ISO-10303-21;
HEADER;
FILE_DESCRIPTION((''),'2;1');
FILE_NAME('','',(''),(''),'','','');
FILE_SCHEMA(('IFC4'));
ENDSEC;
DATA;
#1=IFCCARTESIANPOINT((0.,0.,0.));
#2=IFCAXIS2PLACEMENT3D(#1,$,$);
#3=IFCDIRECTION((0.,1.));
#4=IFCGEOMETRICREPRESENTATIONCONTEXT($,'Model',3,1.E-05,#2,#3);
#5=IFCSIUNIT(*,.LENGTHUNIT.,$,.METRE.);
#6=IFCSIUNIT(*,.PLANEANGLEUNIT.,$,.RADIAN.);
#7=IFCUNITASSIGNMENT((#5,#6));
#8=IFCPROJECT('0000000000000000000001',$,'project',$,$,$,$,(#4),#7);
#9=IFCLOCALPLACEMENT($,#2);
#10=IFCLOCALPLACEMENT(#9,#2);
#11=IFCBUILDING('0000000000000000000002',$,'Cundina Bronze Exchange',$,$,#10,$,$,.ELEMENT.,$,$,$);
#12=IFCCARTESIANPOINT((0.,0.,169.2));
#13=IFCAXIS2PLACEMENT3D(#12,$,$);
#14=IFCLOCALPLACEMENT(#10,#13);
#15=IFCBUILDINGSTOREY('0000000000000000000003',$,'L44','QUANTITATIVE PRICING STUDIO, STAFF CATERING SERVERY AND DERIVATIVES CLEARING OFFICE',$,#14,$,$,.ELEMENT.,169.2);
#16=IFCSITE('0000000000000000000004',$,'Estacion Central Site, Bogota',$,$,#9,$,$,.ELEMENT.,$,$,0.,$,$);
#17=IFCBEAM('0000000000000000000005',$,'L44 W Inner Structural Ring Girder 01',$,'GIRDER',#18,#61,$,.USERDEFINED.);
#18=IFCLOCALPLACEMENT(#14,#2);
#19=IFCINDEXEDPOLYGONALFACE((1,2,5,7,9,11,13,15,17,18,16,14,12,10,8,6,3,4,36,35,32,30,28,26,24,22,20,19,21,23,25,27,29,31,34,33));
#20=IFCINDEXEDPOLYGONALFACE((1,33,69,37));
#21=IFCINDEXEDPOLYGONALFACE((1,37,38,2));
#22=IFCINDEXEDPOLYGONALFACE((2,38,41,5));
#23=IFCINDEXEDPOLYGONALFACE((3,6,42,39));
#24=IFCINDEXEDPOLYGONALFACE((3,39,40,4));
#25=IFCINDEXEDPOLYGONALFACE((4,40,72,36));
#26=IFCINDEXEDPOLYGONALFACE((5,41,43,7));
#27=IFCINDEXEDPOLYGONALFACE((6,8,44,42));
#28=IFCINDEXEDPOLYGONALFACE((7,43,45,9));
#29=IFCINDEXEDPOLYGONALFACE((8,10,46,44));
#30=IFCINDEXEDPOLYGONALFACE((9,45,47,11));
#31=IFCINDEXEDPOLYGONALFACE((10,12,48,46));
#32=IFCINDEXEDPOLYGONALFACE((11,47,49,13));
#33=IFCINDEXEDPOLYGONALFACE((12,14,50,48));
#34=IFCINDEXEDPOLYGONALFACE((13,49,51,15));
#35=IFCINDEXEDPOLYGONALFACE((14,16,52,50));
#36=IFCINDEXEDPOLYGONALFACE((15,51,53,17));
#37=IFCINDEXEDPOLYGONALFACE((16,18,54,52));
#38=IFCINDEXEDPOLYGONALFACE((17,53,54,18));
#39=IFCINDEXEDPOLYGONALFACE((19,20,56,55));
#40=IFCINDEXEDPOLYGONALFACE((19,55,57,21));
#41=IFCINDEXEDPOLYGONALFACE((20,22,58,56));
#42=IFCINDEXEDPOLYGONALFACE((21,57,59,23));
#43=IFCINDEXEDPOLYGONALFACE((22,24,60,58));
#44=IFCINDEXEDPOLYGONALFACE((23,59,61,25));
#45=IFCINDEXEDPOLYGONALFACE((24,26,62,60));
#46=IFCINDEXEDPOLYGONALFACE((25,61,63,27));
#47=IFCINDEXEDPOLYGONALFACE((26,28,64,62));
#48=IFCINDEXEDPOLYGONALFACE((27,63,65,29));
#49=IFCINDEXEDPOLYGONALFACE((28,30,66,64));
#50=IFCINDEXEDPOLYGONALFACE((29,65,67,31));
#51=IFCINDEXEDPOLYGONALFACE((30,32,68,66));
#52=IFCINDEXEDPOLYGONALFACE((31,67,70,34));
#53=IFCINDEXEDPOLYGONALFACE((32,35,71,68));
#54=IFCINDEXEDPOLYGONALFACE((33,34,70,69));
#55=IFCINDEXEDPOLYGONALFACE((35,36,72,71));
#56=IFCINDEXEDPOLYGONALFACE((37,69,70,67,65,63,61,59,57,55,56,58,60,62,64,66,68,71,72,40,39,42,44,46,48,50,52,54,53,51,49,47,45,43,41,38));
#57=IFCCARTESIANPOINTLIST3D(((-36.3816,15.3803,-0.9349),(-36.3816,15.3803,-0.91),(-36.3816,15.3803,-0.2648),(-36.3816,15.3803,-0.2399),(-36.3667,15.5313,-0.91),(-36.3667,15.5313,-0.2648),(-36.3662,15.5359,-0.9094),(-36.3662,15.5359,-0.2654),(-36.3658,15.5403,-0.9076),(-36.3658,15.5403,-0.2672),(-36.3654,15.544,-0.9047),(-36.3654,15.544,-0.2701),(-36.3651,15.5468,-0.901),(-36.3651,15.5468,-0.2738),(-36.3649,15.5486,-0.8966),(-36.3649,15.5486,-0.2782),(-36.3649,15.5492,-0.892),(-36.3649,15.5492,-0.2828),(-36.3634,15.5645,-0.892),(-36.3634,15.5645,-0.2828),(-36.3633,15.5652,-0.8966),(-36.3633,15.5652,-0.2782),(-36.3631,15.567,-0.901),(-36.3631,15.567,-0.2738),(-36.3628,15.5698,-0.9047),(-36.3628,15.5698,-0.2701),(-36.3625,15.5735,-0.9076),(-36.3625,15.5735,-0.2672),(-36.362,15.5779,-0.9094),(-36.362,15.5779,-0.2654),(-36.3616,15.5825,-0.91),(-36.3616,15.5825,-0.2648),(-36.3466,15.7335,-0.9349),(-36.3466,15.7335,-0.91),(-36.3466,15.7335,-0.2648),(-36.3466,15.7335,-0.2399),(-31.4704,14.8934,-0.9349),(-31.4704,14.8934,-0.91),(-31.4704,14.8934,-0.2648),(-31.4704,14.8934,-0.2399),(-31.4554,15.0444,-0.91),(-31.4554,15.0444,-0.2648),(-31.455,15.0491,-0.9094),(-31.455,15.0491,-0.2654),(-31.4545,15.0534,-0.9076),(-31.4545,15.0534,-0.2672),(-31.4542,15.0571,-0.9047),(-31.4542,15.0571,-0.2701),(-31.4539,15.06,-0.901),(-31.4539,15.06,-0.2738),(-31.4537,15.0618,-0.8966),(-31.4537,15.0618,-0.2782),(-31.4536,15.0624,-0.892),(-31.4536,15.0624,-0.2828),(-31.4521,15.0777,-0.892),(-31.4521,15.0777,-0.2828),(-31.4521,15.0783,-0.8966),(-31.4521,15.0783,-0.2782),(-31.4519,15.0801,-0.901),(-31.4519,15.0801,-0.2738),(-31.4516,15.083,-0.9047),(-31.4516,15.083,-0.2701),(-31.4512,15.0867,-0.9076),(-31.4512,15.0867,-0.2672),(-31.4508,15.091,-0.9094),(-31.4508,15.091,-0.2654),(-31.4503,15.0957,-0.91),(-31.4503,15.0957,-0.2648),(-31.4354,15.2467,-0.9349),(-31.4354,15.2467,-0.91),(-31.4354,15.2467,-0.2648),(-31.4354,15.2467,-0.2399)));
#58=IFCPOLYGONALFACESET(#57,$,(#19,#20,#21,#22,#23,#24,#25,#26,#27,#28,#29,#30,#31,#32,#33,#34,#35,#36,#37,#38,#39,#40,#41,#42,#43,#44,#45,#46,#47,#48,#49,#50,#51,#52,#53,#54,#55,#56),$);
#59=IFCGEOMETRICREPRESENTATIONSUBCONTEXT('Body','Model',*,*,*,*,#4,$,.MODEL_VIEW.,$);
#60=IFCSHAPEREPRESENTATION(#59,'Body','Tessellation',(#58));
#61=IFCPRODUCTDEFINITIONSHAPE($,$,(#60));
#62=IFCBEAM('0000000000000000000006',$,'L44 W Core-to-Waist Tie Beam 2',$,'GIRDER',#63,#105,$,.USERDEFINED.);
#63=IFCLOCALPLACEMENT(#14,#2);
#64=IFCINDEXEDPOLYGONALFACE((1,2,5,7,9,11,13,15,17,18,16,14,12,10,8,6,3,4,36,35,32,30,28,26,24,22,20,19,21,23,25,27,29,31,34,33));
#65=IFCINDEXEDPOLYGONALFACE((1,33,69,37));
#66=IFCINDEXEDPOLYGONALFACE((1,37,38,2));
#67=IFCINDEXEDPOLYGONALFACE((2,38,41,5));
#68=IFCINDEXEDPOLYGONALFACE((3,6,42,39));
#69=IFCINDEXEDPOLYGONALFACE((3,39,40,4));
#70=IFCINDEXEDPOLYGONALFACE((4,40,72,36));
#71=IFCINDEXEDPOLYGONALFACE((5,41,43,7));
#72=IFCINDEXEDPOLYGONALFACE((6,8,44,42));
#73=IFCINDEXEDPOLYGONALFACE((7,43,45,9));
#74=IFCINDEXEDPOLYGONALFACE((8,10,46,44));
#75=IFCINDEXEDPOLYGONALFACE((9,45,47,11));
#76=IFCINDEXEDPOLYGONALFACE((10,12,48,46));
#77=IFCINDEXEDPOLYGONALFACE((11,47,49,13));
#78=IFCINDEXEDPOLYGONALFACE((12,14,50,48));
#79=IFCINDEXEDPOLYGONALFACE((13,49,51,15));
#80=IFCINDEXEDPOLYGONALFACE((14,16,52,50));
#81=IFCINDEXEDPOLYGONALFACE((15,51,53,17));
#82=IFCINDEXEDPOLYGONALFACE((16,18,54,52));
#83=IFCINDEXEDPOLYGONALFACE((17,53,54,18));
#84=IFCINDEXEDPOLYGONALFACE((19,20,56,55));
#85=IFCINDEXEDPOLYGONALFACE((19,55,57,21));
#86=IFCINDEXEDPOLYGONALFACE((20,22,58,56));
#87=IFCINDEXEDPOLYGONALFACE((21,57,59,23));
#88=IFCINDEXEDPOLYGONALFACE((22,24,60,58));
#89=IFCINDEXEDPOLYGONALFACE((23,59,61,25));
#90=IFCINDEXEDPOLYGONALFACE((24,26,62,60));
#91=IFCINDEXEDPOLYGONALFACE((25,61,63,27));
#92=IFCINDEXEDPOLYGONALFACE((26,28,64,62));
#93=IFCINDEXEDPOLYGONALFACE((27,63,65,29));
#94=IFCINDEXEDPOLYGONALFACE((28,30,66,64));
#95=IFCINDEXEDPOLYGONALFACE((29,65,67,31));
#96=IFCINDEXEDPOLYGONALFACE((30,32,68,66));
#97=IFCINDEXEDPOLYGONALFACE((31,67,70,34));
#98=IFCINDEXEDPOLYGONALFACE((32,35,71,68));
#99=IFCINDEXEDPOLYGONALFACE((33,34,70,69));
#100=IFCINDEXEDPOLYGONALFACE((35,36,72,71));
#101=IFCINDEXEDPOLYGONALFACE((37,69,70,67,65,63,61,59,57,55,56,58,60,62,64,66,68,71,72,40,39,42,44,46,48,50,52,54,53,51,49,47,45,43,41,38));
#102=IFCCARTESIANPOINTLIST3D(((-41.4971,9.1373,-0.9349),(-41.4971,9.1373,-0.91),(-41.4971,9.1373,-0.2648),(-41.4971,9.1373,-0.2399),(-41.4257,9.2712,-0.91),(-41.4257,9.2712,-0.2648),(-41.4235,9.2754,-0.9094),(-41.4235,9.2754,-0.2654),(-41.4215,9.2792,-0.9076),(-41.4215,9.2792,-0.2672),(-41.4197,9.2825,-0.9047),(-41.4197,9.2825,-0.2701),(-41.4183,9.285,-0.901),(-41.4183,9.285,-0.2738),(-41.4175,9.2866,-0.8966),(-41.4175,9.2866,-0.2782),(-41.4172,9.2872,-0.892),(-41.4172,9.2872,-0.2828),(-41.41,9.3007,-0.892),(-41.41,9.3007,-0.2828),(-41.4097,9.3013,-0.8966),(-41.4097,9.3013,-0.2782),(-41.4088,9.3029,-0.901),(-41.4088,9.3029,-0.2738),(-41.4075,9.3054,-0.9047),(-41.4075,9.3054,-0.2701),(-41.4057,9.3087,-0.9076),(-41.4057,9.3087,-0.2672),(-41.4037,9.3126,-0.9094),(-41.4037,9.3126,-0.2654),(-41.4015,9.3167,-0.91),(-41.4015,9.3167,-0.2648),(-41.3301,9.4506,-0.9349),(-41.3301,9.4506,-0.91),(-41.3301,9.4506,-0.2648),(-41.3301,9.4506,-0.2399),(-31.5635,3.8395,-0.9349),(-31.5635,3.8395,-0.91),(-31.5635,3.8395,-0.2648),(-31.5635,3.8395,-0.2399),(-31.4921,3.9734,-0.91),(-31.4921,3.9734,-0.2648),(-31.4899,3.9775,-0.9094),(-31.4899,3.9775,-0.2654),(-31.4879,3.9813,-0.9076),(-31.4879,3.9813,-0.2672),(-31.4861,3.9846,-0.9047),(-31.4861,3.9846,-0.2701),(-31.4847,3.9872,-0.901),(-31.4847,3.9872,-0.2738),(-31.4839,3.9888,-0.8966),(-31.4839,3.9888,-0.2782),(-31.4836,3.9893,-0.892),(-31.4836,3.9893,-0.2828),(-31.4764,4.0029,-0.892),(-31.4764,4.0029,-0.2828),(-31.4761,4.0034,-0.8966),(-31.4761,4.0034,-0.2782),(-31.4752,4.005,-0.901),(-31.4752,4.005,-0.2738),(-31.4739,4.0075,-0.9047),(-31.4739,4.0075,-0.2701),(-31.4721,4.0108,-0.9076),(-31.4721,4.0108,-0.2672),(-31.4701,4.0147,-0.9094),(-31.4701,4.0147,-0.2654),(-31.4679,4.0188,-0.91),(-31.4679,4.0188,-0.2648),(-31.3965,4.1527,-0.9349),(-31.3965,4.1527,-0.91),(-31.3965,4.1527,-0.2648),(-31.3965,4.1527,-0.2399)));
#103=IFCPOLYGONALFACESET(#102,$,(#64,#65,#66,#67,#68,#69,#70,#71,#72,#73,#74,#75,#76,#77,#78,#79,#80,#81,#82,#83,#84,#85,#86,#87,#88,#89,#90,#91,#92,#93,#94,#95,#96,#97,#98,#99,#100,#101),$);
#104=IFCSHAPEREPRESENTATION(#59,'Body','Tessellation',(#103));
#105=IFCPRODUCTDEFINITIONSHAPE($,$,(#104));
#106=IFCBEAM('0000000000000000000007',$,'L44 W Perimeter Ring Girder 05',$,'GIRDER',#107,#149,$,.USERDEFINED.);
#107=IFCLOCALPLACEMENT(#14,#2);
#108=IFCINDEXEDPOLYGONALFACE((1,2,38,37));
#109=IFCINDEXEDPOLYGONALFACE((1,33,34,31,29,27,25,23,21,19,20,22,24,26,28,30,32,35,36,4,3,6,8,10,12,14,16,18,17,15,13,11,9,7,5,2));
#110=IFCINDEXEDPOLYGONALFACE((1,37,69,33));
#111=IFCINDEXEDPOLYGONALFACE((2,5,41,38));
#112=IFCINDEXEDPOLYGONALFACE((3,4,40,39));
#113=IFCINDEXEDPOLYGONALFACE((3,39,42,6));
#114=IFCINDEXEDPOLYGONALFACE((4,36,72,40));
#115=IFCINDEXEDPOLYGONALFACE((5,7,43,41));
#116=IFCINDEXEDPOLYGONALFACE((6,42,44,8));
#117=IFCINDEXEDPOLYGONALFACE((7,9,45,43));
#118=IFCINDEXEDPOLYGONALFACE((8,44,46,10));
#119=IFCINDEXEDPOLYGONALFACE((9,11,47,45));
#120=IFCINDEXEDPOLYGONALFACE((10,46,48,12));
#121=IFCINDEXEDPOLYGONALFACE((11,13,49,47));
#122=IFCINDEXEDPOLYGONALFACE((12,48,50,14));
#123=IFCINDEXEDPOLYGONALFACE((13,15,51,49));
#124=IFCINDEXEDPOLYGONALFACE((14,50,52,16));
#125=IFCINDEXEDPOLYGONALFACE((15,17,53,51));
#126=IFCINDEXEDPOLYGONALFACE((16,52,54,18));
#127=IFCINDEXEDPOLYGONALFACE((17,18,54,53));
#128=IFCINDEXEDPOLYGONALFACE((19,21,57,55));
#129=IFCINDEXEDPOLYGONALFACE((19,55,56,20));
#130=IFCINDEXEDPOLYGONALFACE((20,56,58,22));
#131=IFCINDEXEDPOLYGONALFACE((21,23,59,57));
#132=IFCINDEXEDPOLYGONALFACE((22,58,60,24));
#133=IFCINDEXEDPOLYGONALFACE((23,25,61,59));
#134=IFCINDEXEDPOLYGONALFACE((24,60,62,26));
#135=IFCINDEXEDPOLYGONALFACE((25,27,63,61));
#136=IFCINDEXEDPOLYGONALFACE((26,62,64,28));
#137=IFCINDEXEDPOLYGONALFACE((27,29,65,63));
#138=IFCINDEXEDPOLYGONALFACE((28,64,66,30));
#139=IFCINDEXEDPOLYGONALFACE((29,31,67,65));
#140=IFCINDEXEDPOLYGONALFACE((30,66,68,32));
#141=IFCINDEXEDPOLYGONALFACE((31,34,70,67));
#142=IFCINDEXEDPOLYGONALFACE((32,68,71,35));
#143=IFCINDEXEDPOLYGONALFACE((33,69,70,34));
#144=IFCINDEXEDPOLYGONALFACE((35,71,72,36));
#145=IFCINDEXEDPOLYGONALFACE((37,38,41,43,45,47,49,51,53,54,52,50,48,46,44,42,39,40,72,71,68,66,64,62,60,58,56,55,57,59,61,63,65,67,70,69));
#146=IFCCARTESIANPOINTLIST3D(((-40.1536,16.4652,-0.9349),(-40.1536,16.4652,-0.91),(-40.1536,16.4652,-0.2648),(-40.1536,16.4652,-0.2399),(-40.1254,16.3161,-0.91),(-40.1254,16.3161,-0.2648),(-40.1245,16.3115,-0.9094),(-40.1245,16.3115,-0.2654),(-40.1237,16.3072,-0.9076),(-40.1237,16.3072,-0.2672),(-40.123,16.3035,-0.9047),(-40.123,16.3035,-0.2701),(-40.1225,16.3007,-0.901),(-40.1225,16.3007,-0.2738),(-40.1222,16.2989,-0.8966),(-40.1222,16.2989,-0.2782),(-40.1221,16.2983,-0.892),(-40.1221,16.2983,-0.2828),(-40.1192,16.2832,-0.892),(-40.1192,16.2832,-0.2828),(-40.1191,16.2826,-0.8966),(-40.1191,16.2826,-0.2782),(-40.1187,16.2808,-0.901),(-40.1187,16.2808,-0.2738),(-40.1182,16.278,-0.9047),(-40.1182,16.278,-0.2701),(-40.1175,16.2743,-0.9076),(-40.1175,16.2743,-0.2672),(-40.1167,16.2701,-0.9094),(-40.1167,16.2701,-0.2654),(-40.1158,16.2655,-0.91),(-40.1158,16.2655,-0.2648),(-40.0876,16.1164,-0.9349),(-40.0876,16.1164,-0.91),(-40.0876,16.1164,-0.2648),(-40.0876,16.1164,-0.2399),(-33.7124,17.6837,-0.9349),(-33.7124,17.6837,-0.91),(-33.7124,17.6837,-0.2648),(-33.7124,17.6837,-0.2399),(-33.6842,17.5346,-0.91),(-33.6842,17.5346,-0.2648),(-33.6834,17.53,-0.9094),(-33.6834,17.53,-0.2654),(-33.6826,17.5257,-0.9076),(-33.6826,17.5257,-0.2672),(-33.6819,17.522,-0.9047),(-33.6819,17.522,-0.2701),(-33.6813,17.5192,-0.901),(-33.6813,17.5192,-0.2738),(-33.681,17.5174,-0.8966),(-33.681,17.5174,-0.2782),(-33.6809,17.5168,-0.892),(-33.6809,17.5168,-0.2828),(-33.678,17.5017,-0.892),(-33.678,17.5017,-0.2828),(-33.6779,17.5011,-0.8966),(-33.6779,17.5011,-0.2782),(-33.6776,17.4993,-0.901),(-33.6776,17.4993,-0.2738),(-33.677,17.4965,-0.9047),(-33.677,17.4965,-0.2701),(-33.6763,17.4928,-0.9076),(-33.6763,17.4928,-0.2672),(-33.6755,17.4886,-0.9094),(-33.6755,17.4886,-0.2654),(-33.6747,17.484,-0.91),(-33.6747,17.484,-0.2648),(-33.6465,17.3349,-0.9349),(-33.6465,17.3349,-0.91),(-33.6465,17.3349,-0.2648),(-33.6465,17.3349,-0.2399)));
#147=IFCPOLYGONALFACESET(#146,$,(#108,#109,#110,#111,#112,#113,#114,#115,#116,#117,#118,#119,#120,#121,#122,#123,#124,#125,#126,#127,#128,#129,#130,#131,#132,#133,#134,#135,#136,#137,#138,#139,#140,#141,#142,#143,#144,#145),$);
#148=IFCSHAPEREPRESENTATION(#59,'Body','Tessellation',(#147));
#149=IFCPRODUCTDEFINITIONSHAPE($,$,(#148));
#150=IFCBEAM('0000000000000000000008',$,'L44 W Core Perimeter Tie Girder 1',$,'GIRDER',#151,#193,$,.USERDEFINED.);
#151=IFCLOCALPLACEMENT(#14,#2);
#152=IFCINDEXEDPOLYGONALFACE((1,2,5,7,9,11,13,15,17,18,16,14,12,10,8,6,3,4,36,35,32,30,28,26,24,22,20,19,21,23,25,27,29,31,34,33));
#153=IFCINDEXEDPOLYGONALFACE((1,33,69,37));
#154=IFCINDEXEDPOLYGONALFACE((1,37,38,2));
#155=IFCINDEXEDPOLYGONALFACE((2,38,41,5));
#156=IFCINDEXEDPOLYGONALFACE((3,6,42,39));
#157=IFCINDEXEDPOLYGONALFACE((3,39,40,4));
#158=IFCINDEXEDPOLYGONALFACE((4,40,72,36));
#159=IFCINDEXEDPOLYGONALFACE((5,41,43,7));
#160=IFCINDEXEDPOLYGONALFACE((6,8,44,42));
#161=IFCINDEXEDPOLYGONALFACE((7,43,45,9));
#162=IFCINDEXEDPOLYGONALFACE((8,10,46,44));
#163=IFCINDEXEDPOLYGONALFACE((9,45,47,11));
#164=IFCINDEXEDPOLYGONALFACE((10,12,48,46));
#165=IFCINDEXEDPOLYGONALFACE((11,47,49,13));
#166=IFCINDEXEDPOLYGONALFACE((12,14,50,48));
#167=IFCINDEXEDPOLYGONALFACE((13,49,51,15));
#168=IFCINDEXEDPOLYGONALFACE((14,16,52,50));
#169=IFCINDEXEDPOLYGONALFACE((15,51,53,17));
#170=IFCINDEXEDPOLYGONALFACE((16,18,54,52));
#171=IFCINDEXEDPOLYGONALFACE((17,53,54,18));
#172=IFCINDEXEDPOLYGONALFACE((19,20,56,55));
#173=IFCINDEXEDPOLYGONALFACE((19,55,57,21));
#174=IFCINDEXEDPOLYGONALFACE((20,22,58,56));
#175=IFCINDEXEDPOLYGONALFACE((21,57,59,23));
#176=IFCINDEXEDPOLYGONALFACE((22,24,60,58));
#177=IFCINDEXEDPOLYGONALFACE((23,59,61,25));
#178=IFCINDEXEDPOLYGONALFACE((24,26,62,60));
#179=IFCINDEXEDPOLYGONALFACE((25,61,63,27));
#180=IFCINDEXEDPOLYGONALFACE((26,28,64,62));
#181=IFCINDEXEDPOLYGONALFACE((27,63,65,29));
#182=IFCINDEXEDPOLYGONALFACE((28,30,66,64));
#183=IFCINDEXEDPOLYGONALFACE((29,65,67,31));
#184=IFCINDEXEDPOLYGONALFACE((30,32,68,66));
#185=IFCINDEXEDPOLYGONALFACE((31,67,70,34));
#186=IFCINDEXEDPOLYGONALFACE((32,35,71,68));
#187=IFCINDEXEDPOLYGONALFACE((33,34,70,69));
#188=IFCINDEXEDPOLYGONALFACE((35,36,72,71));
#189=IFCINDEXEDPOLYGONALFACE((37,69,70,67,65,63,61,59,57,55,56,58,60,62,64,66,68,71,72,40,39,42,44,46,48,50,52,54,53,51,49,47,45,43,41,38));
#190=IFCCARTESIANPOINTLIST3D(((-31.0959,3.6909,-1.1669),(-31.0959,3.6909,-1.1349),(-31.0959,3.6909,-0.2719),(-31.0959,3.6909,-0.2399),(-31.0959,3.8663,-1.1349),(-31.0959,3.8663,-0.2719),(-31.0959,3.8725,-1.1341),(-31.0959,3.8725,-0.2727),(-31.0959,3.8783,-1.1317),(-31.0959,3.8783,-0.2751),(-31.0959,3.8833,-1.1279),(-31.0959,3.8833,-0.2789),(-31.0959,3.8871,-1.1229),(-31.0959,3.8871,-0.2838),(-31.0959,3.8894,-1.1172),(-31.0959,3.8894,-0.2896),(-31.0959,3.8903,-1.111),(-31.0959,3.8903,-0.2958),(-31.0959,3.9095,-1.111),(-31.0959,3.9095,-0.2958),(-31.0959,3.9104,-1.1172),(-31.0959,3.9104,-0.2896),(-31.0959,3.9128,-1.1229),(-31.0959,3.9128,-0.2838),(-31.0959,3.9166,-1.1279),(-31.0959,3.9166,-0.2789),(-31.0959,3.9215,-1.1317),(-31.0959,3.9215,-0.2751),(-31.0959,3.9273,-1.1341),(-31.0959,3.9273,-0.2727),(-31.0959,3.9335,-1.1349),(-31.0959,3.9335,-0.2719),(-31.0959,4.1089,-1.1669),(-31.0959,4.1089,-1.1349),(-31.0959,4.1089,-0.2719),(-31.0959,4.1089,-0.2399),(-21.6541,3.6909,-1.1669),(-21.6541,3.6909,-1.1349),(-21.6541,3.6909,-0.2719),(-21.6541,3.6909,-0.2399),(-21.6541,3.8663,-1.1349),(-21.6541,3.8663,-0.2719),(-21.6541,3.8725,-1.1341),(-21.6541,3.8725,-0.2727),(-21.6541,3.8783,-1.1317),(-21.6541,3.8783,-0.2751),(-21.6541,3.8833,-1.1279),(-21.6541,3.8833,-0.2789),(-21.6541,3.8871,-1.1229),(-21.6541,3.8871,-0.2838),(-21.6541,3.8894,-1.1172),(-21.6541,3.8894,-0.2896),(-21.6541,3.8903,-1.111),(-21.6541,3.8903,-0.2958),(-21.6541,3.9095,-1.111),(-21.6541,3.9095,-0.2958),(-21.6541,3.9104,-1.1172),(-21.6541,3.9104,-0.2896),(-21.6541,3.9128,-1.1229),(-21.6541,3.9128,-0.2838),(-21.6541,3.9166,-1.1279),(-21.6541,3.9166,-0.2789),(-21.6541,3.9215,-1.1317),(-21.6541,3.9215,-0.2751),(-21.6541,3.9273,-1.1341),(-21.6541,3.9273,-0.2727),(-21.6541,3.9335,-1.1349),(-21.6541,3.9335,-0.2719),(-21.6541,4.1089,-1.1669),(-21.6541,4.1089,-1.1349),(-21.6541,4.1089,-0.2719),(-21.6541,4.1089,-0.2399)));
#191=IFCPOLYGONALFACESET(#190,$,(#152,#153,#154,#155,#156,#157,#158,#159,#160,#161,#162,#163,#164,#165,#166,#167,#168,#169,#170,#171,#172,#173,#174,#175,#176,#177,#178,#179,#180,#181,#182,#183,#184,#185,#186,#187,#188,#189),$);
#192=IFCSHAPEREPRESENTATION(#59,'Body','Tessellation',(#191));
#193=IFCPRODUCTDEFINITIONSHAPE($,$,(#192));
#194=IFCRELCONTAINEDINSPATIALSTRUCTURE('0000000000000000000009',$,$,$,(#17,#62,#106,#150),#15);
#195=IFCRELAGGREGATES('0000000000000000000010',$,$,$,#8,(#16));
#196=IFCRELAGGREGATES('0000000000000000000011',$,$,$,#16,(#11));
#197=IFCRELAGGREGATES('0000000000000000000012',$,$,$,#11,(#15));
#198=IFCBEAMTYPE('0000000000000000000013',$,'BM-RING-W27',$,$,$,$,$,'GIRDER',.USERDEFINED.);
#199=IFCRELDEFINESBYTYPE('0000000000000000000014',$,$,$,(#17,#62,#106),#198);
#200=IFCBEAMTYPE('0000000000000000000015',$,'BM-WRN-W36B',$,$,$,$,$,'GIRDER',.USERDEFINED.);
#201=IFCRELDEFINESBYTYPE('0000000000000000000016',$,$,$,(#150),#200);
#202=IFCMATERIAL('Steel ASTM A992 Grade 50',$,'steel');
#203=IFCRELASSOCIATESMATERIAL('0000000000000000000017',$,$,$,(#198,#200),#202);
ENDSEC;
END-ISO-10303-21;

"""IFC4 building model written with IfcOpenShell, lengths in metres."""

from ifc_helpers import new_model, si_unit, direction, frame, origin, origin_2d, place, context, subcontext, project, spatial, i_section, extrude, material, material_profile, profile_set, type_object, element, save


model = new_model("IFC4")

# Units and contexts
model_context = context("Model", 3, precision=1e-05, world=origin(), true_north=direction((0.0, 1.0)))
body_context = subcontext(model_context, "Body", "Model", "MODEL_VIEW")
ifc_project = project(units=[si_unit("LENGTHUNIT", "METRE"), si_unit("PLANEANGLEUNIT", "RADIAN")], contexts=[model_context])

# Site, building, storey
site_placement = place(None, origin())
site = spatial("IfcSite", under=ifc_project, at=site_placement, Name="Estacion Central Site, Bogota", CompositionType="ELEMENT", RefElevation=0.0)
building_placement = place(site_placement, origin())
building = spatial("IfcBuilding", under=site, at=building_placement, Name="Cundina Bronze Exchange", CompositionType="ELEMENT")
storey_placement = place(building_placement, frame((0.0, 0.0, 169.2)))
storey = spatial("IfcBuildingStorey", under=building, at=storey_placement, Name="L44", Description="QUANTITATIVE PRICING STUDIO, STAFF CATERING SERVERY AND DERIVATIVES CLEARING OFFICE", CompositionType="ELEMENT", Elevation=169.2)

# Shared definitions
ifc_material_1 = material(Name="Steel ASTM A992 Grade 50", Category="steel")

# Beams
ifc_material_profile_1 = material_profile(ifc_material_1, i_section(OverallWidth=0.355, OverallDepth=0.6951, WebThickness=0.0154, FlangeThickness=0.0249, FilletRadius=0.0181, at=origin_2d()), Name="W27X146", Category="steel")
ifc_profile_set_1 = profile_set([ifc_material_profile_1], Name="Steel ASTM A992 Grade 50")
beam_type_1 = type_object("IfcBeamType", Name="BM-RING-W27", ElementType="GIRDER", PredefinedType="USERDEFINED", material=ifc_profile_set_1)
beam_1_placement = place(storey_placement, frame((-31.4529, 15.0701, -0.5874), z_axis=(-0.995123, 0.098642, 0.0), x_axis=(-0.098642, -0.995123, 0.0)))
element("IfcBeam", 1, at=beam_1_placement, inside=storey, type_object=beam_type_1, Name="L44 W Inner Structural Ring Girder 01", ObjectType="GIRDER", PredefinedType="USERDEFINED", context=body_context, shape_type="SweptSolid", body=[
    extrude(i_section(OverallWidth=0.355, OverallDepth=0.6951, WebThickness=0.0154, FlangeThickness=0.0249, FilletRadius=0.0181, at=origin_2d()), origin(), (0.0, 0.0, 1.0), 4.9353),
])
beam_2_placement = place(storey_placement, frame((-31.48, 3.9961, -0.5874), z_axis=(-0.882355, 0.470584, 0.0), x_axis=(-0.470584, -0.882355, 0.0)))
element("IfcBeam", 2, at=beam_2_placement, inside=storey, type_object=beam_type_1, Name="L44 W Core-to-Waist Tie Beam 2", ObjectType="GIRDER", PredefinedType="USERDEFINED", context=body_context, shape_type="SweptSolid", body=[
    extrude(i_section(OverallWidth=0.355, OverallDepth=0.6951, WebThickness=0.0154, FlangeThickness=0.0249, FilletRadius=0.0181, at=origin_2d()), origin(), (0.0, 0.0, 1.0), 11.2581),
])
beam_3_placement = place(storey_placement, frame((-33.6794, 17.5093, -0.5874), z_axis=(-0.982573, -0.185878, 0.0), x_axis=(0.185878, -0.982573, 0.0)))
element("IfcBeam", 3, at=beam_3_placement, inside=storey, type_object=beam_type_1, Name="L44 W Perimeter Ring Girder 05", ObjectType="GIRDER", PredefinedType="USERDEFINED", context=body_context, shape_type="SweptSolid", body=[
    extrude(i_section(OverallWidth=0.355, OverallDepth=0.6951, WebThickness=0.0154, FlangeThickness=0.0249, FilletRadius=0.0181, at=origin_2d()), origin(), (0.0, 0.0, 1.0), 6.5554),
])
ifc_material_profile_2 = material_profile(ifc_material_1, i_section(OverallWidth=0.418, OverallDepth=0.927, WebThickness=0.0193, FlangeThickness=0.032, FilletRadius=0.0239, at=origin_2d()), Name="W36X231", Category="steel")
ifc_profile_set_2 = profile_set([ifc_material_profile_2], Name="Steel ASTM A992 Grade 50")
beam_type_2 = type_object("IfcBeamType", Name="BM-WRN-W36B", ElementType="GIRDER", PredefinedType="USERDEFINED", material=ifc_profile_set_2)
beam_4_placement = place(storey_placement, frame((-31.0959, 3.8999, -0.7034), z_axis=(1.0, 0.0, 0.0), x_axis=(0.0, 1.0, 0.0)))
element("IfcBeam", 4, at=beam_4_placement, inside=storey, type_object=beam_type_2, Name="L44 W Core Perimeter Tie Girder 1", ObjectType="GIRDER", PredefinedType="USERDEFINED", context=body_context, shape_type="SweptSolid", body=[
    extrude(i_section(OverallWidth=0.418, OverallDepth=0.927, WebThickness=0.0193, FlangeThickness=0.032, FilletRadius=0.0239, at=origin_2d()), origin(), (0.0, 0.0, 1.0), 9.4419),
])

save(model, "model.ifc")
